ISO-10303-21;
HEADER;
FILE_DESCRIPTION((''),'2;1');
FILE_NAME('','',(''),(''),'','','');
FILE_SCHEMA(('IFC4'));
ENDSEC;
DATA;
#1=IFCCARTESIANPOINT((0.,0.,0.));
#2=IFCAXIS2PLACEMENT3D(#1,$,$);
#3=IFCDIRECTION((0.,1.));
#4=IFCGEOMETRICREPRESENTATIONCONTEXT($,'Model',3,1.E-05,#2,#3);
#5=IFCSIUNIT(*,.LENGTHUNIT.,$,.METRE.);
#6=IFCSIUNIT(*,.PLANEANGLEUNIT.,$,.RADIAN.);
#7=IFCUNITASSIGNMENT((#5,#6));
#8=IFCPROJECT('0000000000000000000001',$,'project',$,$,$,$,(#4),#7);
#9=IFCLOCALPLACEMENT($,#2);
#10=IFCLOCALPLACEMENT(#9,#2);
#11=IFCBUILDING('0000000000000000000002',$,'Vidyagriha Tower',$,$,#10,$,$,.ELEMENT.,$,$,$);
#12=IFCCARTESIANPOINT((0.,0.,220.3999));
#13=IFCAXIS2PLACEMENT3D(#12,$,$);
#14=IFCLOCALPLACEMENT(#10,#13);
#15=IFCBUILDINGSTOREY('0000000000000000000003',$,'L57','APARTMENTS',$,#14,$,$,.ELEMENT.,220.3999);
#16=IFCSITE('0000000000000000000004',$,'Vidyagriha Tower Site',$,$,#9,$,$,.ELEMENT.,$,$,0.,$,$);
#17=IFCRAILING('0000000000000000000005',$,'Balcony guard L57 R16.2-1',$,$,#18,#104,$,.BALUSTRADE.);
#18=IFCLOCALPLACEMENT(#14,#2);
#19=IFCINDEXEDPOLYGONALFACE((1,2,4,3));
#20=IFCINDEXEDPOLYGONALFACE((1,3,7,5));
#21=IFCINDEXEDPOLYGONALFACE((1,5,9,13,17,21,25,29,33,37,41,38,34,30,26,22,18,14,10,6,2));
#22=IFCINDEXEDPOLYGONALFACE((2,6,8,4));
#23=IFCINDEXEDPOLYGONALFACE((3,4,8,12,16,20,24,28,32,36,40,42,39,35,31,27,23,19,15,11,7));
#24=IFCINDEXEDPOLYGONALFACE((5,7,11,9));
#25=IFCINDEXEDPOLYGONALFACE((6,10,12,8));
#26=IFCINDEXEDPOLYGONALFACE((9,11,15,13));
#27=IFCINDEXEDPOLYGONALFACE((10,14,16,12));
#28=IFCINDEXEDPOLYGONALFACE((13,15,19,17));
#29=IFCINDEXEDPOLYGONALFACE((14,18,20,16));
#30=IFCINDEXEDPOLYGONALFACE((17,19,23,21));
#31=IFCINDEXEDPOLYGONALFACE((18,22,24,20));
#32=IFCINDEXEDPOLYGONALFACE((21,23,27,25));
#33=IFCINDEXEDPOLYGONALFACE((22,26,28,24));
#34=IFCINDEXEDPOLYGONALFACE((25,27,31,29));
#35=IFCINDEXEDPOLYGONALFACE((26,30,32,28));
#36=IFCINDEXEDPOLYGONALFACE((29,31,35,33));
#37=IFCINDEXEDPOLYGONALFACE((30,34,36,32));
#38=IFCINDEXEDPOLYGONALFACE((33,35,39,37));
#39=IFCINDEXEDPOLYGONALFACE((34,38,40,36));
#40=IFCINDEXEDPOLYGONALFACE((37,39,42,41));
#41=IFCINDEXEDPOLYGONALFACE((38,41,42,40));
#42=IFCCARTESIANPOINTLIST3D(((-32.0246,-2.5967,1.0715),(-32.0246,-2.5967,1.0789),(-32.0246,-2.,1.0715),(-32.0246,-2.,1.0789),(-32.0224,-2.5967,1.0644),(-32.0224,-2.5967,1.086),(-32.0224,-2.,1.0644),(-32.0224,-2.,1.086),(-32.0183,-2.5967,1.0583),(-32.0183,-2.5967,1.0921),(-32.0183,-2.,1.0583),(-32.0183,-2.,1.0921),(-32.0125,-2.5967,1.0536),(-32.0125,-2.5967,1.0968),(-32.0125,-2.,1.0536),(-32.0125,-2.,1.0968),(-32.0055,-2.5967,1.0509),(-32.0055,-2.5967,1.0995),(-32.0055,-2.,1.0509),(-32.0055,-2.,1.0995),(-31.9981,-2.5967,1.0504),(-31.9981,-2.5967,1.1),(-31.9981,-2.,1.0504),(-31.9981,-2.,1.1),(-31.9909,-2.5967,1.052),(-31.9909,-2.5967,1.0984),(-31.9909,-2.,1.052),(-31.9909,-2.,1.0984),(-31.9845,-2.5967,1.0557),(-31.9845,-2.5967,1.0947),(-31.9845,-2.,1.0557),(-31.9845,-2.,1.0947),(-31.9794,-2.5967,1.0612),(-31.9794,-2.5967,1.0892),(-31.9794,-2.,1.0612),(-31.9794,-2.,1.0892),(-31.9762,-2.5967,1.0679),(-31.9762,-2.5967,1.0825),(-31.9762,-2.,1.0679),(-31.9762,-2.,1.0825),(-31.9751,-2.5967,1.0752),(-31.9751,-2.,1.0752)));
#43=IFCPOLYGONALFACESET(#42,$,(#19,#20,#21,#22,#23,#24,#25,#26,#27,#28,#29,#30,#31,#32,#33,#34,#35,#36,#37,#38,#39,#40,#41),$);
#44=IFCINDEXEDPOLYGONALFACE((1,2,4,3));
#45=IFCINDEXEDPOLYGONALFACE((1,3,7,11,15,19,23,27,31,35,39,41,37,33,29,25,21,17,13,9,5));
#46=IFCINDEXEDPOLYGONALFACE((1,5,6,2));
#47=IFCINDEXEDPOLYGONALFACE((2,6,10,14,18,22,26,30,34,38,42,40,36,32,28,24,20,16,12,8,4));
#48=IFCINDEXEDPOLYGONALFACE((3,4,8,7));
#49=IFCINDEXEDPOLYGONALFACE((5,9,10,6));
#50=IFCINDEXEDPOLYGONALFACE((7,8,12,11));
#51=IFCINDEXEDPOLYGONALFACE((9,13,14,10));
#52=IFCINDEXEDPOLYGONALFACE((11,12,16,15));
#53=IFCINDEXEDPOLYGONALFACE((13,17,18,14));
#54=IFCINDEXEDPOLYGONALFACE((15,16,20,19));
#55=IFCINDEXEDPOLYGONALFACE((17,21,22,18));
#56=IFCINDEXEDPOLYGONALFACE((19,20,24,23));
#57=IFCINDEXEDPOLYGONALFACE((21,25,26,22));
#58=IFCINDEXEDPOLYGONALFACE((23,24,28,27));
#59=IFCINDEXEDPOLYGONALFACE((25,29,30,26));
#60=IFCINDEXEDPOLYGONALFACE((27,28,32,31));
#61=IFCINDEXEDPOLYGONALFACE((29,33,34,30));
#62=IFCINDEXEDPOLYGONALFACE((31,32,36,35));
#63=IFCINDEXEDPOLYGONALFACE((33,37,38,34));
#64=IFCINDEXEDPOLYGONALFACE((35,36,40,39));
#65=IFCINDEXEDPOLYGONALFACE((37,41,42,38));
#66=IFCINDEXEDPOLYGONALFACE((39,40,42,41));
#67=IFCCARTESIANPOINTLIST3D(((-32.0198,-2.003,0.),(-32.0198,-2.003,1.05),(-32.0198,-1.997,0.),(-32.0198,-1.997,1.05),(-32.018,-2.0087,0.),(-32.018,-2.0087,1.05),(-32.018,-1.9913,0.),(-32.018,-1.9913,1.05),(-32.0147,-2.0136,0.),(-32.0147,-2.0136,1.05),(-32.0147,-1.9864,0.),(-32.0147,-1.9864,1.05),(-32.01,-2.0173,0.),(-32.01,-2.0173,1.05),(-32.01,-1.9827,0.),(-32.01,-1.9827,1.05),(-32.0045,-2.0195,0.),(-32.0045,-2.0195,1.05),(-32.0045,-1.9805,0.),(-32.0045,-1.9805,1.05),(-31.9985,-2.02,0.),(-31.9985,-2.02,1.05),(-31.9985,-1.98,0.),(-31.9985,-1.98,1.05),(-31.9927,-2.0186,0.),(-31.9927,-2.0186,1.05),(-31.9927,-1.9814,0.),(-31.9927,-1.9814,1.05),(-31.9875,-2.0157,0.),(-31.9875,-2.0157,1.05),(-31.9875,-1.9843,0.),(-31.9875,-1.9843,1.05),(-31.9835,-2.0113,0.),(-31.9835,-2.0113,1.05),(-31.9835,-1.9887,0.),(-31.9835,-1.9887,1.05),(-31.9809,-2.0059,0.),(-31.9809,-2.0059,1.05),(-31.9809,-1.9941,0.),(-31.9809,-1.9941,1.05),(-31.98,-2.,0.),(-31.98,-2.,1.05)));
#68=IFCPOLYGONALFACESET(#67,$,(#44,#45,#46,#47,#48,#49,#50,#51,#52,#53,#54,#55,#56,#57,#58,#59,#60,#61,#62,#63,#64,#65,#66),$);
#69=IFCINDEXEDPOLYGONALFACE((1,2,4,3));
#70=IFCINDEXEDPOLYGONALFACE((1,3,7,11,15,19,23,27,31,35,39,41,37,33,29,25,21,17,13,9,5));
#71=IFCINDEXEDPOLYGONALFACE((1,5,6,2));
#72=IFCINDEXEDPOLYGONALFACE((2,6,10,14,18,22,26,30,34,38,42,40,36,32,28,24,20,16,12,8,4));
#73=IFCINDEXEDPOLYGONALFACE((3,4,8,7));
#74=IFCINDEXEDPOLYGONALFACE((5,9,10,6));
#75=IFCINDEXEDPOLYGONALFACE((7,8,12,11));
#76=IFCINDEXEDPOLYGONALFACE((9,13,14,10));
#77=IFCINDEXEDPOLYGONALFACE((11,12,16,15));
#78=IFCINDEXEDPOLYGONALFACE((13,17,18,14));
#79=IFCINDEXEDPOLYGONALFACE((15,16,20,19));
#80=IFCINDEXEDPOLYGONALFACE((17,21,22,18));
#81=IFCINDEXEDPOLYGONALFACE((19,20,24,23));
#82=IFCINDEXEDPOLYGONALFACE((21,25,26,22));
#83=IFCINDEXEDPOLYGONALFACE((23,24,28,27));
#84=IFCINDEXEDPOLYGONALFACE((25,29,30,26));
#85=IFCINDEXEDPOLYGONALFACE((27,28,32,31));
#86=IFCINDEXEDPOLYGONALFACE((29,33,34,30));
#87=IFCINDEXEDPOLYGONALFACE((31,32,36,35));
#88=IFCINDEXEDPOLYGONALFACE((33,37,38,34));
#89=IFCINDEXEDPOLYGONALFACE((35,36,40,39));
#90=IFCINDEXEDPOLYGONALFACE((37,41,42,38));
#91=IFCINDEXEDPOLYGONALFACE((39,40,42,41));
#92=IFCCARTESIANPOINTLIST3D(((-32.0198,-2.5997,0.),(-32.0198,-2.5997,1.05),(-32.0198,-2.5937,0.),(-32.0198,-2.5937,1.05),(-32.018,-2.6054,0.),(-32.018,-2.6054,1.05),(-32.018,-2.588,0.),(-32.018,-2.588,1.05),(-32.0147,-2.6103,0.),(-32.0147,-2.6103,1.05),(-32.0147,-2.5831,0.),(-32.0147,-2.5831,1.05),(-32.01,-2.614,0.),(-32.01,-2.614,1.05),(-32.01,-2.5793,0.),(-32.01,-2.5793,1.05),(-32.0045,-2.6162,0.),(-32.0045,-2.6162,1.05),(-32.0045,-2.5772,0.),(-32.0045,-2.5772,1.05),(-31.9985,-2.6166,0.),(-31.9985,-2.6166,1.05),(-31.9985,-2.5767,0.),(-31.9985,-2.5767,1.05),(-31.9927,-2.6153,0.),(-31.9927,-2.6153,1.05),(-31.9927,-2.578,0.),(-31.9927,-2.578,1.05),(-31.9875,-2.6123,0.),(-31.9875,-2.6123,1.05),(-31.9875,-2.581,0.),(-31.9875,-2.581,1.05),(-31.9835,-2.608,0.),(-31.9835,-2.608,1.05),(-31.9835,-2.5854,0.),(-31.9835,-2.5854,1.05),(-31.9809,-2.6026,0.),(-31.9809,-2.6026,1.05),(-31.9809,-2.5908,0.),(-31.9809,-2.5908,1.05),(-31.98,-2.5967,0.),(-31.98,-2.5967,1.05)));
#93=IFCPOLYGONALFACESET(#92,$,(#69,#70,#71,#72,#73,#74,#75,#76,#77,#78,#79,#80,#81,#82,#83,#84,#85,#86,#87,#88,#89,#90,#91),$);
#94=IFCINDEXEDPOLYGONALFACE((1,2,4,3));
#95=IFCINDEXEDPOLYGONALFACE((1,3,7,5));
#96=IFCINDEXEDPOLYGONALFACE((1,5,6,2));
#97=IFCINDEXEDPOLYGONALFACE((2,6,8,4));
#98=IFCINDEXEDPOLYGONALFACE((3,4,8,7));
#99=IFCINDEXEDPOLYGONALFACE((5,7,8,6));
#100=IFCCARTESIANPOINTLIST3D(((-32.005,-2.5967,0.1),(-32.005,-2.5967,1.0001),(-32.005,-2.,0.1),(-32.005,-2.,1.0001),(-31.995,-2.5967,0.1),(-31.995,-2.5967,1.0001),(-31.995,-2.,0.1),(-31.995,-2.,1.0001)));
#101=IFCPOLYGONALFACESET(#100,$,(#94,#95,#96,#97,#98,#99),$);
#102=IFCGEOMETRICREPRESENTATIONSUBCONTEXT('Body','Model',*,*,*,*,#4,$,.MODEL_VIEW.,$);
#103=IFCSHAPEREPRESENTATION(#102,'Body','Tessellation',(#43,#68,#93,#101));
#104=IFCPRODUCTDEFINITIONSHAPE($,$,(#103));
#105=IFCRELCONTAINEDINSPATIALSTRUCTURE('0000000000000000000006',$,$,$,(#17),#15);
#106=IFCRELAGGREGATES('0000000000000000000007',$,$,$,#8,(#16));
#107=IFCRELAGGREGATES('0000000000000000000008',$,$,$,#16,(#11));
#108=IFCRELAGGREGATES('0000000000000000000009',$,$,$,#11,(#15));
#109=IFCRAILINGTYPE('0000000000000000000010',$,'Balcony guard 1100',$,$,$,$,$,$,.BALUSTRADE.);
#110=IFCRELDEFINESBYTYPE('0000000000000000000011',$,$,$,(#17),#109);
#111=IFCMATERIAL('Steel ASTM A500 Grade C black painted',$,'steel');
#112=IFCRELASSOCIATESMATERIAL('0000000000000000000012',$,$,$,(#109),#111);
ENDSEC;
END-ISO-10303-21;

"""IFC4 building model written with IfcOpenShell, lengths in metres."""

from ifc_helpers import new_model, si_unit, direction, frame, origin, origin_2d, place, context, subcontext, project, spatial, rectangle, circle, extrude, material, type_object, element, save


model = new_model("IFC4")

# Units and contexts
model_context = context("Model", 3, precision=1e-05, world=origin(), true_north=direction((0.0, 1.0)))
body_context = subcontext(model_context, "Body", "Model", "MODEL_VIEW")
ifc_project = project(units=[si_unit("LENGTHUNIT", "METRE"), si_unit("PLANEANGLEUNIT", "RADIAN")], contexts=[model_context])

# Site, building, storey
site_placement = place(None, origin())
site = spatial("IfcSite", under=ifc_project, at=site_placement, Name="Vidyagriha Tower Site", CompositionType="ELEMENT", RefElevation=0.0)
building_placement = place(site_placement, origin())
building = spatial("IfcBuilding", under=site, at=building_placement, Name="Vidyagriha Tower", CompositionType="ELEMENT")
storey_placement = place(building_placement, frame((0.0, 0.0, 220.3999)))
storey = spatial("IfcBuildingStorey", under=building, at=storey_placement, Name="L57", Description="APARTMENTS", CompositionType="ELEMENT", Elevation=220.3999)

# Railing
ifc_material_1 = material(Name="Steel ASTM A500 Grade C black painted", Category="steel")
railing_type_1 = type_object("IfcRailingType", Name="Balcony guard 1100", PredefinedType="BALUSTRADE", material=ifc_material_1)
railing_1_placement = place(storey_placement, frame((-32.0, -2.0, 0.0)))
element("IfcRailing", 1, at=railing_1_placement, inside=storey, type_object=railing_type_1, Name="Balcony guard L57 R16.2-1", PredefinedType="BALUSTRADE", context=body_context, shape_type="SweptSolid", body=[
    extrude(circle(Radius=0.0249, at=origin_2d()), frame((0.0, 0.0, 1.0752), z_axis=(0.0, -1.0, 0.0), x_axis=(1.0, 0.0, 0.0)), (0.0, 0.0, 1.0), 0.5967),
    extrude(circle(Radius=0.02, at=origin_2d()), origin(), (0.0, 0.0, 1.0), 1.05),
    extrude(circle(Radius=0.02, at=origin_2d()), frame((0.0, -0.5967, 0.0)), (0.0, 0.0, 1.0), 1.05),
    extrude(rectangle(XDim=0.01, YDim=0.9001, at=origin_2d()), frame((0.0, 0.0, 0.55), z_axis=(0.0, -1.0, 0.0), x_axis=(1.0, 0.0, 0.0)), (0.0, 0.0, 1.0), 0.5967),
])

save(model, "model.ifc")
